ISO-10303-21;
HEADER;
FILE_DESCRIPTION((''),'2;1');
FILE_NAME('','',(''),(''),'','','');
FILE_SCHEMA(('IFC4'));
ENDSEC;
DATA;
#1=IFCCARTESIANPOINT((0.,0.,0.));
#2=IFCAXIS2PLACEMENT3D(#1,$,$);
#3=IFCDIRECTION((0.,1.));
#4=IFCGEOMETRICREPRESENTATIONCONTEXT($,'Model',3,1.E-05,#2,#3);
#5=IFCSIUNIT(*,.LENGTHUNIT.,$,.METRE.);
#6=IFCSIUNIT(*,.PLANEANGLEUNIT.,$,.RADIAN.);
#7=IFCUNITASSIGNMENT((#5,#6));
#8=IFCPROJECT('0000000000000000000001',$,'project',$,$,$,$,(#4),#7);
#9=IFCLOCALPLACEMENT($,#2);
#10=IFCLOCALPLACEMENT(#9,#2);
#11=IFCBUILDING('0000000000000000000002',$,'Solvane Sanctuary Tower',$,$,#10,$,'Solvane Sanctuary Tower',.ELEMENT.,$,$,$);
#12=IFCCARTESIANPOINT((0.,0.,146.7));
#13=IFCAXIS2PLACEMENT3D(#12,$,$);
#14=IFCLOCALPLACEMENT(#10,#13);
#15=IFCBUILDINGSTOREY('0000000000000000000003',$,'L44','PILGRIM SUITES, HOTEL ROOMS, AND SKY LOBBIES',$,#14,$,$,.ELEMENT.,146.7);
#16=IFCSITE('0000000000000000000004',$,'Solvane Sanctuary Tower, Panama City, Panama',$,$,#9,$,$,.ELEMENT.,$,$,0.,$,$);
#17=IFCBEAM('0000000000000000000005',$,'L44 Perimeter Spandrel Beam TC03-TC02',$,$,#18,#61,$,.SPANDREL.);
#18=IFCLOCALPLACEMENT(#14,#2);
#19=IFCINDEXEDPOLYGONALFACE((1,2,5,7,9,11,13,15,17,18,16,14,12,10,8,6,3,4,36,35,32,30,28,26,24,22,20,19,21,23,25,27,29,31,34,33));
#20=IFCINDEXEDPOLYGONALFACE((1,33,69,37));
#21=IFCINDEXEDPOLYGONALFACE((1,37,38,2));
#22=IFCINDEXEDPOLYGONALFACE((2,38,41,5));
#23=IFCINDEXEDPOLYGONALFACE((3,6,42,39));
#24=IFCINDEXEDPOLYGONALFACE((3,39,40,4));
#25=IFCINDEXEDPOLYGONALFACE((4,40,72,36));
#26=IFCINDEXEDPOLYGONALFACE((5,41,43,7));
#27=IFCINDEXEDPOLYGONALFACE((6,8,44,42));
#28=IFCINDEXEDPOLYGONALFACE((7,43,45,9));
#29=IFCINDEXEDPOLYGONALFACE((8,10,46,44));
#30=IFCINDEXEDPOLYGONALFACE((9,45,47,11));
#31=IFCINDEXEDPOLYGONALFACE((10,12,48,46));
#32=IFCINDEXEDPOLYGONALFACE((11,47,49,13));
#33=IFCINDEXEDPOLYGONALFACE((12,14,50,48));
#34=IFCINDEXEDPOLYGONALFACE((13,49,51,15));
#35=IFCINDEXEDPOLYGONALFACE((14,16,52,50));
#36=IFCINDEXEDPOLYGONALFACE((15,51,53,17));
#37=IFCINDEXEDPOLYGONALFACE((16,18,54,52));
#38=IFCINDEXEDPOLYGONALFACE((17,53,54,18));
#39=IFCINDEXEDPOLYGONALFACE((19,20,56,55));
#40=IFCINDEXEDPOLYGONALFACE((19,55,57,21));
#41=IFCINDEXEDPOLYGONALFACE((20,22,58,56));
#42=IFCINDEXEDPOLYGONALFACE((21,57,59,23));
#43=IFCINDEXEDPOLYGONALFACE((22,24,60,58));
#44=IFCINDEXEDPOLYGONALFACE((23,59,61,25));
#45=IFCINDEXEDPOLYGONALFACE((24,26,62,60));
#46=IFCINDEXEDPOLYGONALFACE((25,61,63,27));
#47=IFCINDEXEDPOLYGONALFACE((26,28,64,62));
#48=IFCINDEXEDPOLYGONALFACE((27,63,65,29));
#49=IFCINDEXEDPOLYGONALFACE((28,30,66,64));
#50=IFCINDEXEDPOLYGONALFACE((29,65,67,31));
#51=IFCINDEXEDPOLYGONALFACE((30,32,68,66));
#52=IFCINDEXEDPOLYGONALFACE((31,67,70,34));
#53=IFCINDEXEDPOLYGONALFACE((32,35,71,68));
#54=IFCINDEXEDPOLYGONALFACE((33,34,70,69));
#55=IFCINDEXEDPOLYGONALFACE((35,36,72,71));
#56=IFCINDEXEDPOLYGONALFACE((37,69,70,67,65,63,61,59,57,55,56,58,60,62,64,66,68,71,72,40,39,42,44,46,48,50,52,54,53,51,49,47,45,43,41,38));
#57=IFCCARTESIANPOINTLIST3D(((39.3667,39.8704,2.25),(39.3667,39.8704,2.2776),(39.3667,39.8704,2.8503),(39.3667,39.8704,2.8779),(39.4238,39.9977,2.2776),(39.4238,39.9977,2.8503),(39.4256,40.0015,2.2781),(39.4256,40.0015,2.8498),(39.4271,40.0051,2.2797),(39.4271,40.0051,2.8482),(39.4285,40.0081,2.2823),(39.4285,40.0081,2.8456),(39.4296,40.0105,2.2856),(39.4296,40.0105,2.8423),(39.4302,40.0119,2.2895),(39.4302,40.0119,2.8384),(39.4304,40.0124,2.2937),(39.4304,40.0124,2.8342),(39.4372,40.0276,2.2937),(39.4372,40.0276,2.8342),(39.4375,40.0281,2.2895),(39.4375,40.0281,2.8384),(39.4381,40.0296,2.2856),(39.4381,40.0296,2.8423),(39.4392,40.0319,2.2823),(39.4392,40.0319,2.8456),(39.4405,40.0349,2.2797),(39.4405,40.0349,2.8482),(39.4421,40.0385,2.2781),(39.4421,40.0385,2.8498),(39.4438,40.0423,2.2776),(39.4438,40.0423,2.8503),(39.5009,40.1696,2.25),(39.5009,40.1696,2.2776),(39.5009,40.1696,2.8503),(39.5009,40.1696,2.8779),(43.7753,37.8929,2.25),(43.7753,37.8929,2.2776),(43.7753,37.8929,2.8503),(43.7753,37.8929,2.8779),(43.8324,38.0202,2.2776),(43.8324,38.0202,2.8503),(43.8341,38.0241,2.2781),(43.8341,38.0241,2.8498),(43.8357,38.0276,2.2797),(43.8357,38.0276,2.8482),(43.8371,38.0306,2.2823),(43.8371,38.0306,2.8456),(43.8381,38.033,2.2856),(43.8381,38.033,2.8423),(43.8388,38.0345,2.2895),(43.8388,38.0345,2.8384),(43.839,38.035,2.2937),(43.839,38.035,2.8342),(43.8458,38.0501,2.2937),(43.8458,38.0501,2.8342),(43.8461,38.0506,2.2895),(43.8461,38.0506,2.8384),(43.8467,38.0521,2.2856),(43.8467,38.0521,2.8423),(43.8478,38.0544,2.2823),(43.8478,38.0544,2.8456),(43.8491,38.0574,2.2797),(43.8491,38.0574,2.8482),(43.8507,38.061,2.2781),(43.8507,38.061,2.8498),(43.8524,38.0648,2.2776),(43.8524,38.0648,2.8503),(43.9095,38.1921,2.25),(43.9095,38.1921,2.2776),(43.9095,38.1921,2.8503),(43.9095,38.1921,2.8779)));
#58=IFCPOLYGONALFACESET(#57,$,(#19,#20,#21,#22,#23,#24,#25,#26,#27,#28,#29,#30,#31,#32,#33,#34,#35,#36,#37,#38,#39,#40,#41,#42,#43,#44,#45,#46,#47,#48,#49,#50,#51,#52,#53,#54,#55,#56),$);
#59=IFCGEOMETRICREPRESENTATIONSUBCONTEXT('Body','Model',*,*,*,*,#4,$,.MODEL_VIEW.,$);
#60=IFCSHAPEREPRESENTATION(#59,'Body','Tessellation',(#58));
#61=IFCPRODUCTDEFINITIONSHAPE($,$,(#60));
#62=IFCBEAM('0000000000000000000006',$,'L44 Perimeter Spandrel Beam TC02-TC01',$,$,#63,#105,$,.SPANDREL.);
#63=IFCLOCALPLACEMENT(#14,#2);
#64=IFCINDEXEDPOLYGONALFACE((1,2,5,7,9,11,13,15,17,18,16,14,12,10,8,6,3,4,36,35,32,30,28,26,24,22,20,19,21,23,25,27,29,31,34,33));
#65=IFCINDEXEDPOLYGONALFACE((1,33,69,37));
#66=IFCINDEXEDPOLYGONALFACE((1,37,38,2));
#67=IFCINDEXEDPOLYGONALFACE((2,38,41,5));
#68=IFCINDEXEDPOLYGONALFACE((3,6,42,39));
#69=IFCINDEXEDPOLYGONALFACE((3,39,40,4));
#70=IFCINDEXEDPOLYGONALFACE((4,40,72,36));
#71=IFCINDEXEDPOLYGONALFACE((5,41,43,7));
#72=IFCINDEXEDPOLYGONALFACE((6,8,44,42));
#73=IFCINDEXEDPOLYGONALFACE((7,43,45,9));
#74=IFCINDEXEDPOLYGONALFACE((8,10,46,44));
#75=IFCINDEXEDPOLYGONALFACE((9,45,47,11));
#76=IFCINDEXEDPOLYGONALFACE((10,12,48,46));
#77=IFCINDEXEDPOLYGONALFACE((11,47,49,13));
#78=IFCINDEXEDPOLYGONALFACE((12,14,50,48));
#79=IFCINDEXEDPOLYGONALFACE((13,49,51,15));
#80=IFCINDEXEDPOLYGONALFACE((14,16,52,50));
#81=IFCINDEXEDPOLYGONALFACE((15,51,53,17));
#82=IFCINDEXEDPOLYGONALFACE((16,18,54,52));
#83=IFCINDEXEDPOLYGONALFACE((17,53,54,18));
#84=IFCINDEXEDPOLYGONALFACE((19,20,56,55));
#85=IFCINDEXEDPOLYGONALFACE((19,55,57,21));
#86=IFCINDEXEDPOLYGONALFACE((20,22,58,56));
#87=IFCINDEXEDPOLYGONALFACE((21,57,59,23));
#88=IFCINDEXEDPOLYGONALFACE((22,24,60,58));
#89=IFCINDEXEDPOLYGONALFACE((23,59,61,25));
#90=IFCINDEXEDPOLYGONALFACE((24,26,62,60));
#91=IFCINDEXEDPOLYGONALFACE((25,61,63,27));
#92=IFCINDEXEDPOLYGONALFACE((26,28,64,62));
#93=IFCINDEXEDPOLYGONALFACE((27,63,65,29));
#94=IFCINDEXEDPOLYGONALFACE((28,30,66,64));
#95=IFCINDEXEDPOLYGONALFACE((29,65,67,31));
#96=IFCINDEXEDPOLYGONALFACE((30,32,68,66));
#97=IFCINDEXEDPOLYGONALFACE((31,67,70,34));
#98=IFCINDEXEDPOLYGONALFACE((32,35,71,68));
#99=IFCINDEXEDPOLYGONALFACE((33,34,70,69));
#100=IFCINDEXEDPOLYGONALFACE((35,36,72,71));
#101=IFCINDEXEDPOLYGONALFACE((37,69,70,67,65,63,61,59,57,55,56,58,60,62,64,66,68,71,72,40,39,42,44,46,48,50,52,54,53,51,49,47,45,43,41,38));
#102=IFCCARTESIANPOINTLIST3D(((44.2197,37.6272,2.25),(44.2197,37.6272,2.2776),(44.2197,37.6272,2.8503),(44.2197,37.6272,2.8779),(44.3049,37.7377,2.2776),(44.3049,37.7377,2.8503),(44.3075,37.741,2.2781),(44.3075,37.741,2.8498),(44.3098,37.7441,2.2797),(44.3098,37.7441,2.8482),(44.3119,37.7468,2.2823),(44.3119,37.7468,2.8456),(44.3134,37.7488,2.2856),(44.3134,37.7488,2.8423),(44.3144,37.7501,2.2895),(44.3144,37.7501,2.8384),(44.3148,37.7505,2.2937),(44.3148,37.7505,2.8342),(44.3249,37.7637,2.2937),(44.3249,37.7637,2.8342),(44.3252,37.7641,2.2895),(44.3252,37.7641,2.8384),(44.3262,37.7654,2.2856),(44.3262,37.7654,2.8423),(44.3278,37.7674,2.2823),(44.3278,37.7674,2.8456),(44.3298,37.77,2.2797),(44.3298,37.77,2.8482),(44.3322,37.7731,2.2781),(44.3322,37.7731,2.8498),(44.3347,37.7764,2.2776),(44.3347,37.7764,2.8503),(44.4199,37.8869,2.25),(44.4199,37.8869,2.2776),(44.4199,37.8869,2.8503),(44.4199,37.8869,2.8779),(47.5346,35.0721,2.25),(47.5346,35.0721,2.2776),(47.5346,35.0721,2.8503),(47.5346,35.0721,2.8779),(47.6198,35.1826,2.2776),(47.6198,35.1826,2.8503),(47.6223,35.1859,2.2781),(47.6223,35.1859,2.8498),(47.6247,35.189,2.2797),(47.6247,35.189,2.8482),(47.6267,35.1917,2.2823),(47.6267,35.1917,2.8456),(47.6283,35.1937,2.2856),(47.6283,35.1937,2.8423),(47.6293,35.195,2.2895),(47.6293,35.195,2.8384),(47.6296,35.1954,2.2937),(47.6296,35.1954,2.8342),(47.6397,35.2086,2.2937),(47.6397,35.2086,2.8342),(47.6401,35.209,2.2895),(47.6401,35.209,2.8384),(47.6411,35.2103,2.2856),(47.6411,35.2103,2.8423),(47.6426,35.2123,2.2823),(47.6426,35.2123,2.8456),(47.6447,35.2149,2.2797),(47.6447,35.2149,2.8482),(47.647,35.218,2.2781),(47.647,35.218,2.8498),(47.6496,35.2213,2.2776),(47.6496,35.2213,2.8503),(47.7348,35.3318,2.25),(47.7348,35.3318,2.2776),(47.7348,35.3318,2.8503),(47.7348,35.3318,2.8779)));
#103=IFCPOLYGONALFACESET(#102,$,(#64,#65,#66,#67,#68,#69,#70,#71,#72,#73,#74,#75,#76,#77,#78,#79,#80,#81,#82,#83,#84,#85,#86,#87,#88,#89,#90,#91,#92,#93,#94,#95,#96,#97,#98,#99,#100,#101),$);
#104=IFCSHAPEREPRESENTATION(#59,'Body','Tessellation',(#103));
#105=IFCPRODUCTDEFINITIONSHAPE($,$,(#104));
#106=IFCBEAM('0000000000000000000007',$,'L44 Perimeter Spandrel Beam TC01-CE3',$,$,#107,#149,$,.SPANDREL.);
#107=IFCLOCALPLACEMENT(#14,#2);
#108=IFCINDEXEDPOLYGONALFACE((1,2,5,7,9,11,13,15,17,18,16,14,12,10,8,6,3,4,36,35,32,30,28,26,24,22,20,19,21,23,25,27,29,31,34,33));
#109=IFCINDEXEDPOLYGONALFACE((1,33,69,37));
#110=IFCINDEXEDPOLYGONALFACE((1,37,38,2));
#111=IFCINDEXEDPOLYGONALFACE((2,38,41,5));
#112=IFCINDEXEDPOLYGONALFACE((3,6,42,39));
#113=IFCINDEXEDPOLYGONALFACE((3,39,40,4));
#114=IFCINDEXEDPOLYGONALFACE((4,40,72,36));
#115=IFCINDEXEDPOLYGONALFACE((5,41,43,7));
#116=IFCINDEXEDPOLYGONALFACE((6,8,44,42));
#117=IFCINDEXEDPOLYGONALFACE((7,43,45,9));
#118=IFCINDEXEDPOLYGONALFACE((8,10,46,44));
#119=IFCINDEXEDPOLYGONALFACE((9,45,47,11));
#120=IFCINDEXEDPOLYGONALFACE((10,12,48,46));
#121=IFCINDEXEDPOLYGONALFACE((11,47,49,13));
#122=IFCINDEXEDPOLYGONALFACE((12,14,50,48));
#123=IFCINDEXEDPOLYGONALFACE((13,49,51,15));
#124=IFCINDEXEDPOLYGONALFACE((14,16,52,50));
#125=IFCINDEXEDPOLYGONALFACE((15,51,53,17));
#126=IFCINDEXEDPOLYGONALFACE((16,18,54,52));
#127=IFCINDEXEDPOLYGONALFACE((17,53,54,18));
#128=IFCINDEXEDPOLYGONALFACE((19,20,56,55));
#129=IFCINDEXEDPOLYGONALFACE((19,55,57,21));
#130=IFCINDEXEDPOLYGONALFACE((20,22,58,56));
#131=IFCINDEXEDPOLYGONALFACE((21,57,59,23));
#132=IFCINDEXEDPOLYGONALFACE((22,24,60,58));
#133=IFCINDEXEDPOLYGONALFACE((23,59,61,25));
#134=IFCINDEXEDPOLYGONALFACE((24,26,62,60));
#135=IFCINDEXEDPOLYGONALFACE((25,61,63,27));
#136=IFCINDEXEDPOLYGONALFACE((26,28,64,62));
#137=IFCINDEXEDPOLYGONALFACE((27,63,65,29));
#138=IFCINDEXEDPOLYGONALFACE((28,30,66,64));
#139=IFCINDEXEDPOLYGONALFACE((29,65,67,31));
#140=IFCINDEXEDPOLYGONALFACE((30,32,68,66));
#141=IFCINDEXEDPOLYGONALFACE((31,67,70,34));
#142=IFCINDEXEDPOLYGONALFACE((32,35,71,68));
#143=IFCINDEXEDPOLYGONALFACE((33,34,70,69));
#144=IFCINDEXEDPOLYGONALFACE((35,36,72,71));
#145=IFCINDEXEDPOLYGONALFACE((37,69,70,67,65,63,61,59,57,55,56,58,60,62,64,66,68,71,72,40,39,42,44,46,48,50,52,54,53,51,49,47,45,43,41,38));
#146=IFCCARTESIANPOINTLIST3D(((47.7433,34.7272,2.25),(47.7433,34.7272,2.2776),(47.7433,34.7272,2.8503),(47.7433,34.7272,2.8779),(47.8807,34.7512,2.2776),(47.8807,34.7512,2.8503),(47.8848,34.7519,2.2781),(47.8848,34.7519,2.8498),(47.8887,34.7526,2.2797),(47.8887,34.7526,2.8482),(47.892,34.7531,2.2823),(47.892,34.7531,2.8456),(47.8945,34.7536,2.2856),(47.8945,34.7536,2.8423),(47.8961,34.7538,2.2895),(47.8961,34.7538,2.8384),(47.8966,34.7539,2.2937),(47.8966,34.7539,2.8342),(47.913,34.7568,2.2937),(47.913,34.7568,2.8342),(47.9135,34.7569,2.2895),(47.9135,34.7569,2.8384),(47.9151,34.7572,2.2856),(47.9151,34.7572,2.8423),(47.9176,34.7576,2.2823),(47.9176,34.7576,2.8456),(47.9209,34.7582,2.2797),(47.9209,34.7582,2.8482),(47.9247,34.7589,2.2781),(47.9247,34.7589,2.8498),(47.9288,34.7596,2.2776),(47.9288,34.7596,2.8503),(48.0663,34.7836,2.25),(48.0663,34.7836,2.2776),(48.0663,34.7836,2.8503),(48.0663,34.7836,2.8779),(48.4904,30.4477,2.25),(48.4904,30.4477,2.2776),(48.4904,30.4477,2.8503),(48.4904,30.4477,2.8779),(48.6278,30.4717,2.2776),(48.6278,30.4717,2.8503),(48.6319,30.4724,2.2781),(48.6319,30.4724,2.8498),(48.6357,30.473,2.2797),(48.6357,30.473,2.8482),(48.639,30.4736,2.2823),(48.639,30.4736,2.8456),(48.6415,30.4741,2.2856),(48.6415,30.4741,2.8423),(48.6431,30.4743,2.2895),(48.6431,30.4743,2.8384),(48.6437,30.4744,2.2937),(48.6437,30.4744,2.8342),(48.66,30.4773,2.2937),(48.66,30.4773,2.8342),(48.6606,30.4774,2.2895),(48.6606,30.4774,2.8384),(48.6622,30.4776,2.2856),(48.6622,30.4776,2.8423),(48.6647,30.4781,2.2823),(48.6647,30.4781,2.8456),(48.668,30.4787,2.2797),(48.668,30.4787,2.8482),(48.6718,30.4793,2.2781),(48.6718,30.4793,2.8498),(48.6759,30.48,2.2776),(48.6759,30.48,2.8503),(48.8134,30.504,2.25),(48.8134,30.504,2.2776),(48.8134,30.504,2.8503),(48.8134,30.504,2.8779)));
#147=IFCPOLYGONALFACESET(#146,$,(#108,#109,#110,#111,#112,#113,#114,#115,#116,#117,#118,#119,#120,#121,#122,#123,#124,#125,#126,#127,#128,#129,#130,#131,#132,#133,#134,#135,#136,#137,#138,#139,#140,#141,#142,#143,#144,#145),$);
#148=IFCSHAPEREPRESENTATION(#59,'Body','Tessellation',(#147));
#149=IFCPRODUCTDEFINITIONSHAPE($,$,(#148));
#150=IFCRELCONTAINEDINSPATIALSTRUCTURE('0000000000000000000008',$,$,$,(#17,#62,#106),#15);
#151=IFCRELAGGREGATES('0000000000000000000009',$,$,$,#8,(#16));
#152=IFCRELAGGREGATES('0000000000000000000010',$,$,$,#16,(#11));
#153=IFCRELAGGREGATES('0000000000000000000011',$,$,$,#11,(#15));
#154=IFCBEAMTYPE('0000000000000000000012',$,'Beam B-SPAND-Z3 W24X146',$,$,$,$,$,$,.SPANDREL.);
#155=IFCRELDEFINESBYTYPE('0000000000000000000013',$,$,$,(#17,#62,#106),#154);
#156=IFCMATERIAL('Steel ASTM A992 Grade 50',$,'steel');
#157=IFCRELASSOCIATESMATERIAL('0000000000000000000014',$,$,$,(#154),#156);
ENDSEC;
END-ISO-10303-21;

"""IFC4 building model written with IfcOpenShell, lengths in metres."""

from ifc_helpers import new_model, si_unit, direction, frame, origin, origin_2d, place, context, subcontext, project, spatial, i_section, extrude, material, material_profile, profile_set, type_object, element, save


model = new_model("IFC4")

# Units and contexts
model_context = context("Model", 3, precision=1e-05, world=origin(), true_north=direction((0.0, 1.0)))
body_context = subcontext(model_context, "Body", "Model", "MODEL_VIEW")
ifc_project = project(units=[si_unit("LENGTHUNIT", "METRE"), si_unit("PLANEANGLEUNIT", "RADIAN")], contexts=[model_context])

# Site, building, storey
site_placement = place(None, origin())
site = spatial("IfcSite", under=ifc_project, at=site_placement, Name="Solvane Sanctuary Tower, Panama City, Panama", CompositionType="ELEMENT", RefElevation=0.0)
building_placement = place(site_placement, origin())
building = spatial("IfcBuilding", under=site, at=building_placement, Name="Solvane Sanctuary Tower", LongName="Solvane Sanctuary Tower", CompositionType="ELEMENT")
storey_placement = place(building_placement, frame((0.0, 0.0, 146.7)))
storey = spatial("IfcBuildingStorey", under=building, at=storey_placement, Name="L44", Description="PILGRIM SUITES, HOTEL ROOMS, AND SKY LOBBIES", CompositionType="ELEMENT", Elevation=146.7)

# Beams
ifc_material_1 = material(Name="Steel ASTM A992 Grade 50", Category="steel")
ifc_material_profile_1 = material_profile(ifc_material_1, i_section(OverallWidth=0.3279, OverallDepth=0.6279, WebThickness=0.0166, FlangeThickness=0.0276, FilletRadius=0.0161, at=origin_2d()), Name="W24X146")
ifc_profile_set_1 = profile_set([ifc_material_profile_1], Name="Steel ASTM A992 Grade 50")
beam_type_1 = type_object("IfcBeamType", Name="Beam B-SPAND-Z3 W24X146", PredefinedType="SPANDREL", material=ifc_profile_set_1)
beam_1_placement = place(storey_placement, frame((39.4338, 40.02, 2.564), z_axis=(0.912414, -0.409268, 0.0), x_axis=(0.409268, 0.912414, 0.0)))
element("IfcBeam", 1, at=beam_1_placement, inside=storey, type_object=beam_type_1, Name="L44 Perimeter Spandrel Beam TC03-TC02", PredefinedType="SPANDREL", context=body_context, shape_type="SweptSolid", body=[
    extrude(i_section(OverallWidth=0.3279, OverallDepth=0.6279, WebThickness=0.0166, FlangeThickness=0.0276, FilletRadius=0.0161, at=origin_2d()), origin(), (0.0, 0.0, 1.0), 4.8318),
])
beam_2_placement = place(storey_placement, frame((44.3198, 37.7571, 2.564), z_axis=(0.792021, -0.610494, 0.0), x_axis=(0.610494, 0.792021, 0.0)))
element("IfcBeam", 2, at=beam_2_placement, inside=storey, type_object=beam_type_1, Name="L44 Perimeter Spandrel Beam TC02-TC01", PredefinedType="SPANDREL", context=body_context, shape_type="SweptSolid", body=[
    extrude(i_section(OverallWidth=0.3279, OverallDepth=0.6279, WebThickness=0.0166, FlangeThickness=0.0276, FilletRadius=0.0161, at=origin_2d()), origin(), (0.0, 0.0, 1.0), 4.1853),
])
beam_3_placement = place(storey_placement, frame((47.9048, 34.7554, 2.564), z_axis=(0.171967, -0.985103, 0.0), x_axis=(0.985103, 0.171967, 0.0)))
element("IfcBeam", 3, at=beam_3_placement, inside=storey, type_object=beam_type_1, Name="L44 Perimeter Spandrel Beam TC01-CE3", PredefinedType="SPANDREL", context=body_context, shape_type="SweptSolid", body=[
    extrude(i_section(OverallWidth=0.3279, OverallDepth=0.6279, WebThickness=0.0166, FlangeThickness=0.0276, FilletRadius=0.0161, at=origin_2d()), origin(), (0.0, 0.0, 1.0), 4.3442),
])

save(model, "model.ifc")
